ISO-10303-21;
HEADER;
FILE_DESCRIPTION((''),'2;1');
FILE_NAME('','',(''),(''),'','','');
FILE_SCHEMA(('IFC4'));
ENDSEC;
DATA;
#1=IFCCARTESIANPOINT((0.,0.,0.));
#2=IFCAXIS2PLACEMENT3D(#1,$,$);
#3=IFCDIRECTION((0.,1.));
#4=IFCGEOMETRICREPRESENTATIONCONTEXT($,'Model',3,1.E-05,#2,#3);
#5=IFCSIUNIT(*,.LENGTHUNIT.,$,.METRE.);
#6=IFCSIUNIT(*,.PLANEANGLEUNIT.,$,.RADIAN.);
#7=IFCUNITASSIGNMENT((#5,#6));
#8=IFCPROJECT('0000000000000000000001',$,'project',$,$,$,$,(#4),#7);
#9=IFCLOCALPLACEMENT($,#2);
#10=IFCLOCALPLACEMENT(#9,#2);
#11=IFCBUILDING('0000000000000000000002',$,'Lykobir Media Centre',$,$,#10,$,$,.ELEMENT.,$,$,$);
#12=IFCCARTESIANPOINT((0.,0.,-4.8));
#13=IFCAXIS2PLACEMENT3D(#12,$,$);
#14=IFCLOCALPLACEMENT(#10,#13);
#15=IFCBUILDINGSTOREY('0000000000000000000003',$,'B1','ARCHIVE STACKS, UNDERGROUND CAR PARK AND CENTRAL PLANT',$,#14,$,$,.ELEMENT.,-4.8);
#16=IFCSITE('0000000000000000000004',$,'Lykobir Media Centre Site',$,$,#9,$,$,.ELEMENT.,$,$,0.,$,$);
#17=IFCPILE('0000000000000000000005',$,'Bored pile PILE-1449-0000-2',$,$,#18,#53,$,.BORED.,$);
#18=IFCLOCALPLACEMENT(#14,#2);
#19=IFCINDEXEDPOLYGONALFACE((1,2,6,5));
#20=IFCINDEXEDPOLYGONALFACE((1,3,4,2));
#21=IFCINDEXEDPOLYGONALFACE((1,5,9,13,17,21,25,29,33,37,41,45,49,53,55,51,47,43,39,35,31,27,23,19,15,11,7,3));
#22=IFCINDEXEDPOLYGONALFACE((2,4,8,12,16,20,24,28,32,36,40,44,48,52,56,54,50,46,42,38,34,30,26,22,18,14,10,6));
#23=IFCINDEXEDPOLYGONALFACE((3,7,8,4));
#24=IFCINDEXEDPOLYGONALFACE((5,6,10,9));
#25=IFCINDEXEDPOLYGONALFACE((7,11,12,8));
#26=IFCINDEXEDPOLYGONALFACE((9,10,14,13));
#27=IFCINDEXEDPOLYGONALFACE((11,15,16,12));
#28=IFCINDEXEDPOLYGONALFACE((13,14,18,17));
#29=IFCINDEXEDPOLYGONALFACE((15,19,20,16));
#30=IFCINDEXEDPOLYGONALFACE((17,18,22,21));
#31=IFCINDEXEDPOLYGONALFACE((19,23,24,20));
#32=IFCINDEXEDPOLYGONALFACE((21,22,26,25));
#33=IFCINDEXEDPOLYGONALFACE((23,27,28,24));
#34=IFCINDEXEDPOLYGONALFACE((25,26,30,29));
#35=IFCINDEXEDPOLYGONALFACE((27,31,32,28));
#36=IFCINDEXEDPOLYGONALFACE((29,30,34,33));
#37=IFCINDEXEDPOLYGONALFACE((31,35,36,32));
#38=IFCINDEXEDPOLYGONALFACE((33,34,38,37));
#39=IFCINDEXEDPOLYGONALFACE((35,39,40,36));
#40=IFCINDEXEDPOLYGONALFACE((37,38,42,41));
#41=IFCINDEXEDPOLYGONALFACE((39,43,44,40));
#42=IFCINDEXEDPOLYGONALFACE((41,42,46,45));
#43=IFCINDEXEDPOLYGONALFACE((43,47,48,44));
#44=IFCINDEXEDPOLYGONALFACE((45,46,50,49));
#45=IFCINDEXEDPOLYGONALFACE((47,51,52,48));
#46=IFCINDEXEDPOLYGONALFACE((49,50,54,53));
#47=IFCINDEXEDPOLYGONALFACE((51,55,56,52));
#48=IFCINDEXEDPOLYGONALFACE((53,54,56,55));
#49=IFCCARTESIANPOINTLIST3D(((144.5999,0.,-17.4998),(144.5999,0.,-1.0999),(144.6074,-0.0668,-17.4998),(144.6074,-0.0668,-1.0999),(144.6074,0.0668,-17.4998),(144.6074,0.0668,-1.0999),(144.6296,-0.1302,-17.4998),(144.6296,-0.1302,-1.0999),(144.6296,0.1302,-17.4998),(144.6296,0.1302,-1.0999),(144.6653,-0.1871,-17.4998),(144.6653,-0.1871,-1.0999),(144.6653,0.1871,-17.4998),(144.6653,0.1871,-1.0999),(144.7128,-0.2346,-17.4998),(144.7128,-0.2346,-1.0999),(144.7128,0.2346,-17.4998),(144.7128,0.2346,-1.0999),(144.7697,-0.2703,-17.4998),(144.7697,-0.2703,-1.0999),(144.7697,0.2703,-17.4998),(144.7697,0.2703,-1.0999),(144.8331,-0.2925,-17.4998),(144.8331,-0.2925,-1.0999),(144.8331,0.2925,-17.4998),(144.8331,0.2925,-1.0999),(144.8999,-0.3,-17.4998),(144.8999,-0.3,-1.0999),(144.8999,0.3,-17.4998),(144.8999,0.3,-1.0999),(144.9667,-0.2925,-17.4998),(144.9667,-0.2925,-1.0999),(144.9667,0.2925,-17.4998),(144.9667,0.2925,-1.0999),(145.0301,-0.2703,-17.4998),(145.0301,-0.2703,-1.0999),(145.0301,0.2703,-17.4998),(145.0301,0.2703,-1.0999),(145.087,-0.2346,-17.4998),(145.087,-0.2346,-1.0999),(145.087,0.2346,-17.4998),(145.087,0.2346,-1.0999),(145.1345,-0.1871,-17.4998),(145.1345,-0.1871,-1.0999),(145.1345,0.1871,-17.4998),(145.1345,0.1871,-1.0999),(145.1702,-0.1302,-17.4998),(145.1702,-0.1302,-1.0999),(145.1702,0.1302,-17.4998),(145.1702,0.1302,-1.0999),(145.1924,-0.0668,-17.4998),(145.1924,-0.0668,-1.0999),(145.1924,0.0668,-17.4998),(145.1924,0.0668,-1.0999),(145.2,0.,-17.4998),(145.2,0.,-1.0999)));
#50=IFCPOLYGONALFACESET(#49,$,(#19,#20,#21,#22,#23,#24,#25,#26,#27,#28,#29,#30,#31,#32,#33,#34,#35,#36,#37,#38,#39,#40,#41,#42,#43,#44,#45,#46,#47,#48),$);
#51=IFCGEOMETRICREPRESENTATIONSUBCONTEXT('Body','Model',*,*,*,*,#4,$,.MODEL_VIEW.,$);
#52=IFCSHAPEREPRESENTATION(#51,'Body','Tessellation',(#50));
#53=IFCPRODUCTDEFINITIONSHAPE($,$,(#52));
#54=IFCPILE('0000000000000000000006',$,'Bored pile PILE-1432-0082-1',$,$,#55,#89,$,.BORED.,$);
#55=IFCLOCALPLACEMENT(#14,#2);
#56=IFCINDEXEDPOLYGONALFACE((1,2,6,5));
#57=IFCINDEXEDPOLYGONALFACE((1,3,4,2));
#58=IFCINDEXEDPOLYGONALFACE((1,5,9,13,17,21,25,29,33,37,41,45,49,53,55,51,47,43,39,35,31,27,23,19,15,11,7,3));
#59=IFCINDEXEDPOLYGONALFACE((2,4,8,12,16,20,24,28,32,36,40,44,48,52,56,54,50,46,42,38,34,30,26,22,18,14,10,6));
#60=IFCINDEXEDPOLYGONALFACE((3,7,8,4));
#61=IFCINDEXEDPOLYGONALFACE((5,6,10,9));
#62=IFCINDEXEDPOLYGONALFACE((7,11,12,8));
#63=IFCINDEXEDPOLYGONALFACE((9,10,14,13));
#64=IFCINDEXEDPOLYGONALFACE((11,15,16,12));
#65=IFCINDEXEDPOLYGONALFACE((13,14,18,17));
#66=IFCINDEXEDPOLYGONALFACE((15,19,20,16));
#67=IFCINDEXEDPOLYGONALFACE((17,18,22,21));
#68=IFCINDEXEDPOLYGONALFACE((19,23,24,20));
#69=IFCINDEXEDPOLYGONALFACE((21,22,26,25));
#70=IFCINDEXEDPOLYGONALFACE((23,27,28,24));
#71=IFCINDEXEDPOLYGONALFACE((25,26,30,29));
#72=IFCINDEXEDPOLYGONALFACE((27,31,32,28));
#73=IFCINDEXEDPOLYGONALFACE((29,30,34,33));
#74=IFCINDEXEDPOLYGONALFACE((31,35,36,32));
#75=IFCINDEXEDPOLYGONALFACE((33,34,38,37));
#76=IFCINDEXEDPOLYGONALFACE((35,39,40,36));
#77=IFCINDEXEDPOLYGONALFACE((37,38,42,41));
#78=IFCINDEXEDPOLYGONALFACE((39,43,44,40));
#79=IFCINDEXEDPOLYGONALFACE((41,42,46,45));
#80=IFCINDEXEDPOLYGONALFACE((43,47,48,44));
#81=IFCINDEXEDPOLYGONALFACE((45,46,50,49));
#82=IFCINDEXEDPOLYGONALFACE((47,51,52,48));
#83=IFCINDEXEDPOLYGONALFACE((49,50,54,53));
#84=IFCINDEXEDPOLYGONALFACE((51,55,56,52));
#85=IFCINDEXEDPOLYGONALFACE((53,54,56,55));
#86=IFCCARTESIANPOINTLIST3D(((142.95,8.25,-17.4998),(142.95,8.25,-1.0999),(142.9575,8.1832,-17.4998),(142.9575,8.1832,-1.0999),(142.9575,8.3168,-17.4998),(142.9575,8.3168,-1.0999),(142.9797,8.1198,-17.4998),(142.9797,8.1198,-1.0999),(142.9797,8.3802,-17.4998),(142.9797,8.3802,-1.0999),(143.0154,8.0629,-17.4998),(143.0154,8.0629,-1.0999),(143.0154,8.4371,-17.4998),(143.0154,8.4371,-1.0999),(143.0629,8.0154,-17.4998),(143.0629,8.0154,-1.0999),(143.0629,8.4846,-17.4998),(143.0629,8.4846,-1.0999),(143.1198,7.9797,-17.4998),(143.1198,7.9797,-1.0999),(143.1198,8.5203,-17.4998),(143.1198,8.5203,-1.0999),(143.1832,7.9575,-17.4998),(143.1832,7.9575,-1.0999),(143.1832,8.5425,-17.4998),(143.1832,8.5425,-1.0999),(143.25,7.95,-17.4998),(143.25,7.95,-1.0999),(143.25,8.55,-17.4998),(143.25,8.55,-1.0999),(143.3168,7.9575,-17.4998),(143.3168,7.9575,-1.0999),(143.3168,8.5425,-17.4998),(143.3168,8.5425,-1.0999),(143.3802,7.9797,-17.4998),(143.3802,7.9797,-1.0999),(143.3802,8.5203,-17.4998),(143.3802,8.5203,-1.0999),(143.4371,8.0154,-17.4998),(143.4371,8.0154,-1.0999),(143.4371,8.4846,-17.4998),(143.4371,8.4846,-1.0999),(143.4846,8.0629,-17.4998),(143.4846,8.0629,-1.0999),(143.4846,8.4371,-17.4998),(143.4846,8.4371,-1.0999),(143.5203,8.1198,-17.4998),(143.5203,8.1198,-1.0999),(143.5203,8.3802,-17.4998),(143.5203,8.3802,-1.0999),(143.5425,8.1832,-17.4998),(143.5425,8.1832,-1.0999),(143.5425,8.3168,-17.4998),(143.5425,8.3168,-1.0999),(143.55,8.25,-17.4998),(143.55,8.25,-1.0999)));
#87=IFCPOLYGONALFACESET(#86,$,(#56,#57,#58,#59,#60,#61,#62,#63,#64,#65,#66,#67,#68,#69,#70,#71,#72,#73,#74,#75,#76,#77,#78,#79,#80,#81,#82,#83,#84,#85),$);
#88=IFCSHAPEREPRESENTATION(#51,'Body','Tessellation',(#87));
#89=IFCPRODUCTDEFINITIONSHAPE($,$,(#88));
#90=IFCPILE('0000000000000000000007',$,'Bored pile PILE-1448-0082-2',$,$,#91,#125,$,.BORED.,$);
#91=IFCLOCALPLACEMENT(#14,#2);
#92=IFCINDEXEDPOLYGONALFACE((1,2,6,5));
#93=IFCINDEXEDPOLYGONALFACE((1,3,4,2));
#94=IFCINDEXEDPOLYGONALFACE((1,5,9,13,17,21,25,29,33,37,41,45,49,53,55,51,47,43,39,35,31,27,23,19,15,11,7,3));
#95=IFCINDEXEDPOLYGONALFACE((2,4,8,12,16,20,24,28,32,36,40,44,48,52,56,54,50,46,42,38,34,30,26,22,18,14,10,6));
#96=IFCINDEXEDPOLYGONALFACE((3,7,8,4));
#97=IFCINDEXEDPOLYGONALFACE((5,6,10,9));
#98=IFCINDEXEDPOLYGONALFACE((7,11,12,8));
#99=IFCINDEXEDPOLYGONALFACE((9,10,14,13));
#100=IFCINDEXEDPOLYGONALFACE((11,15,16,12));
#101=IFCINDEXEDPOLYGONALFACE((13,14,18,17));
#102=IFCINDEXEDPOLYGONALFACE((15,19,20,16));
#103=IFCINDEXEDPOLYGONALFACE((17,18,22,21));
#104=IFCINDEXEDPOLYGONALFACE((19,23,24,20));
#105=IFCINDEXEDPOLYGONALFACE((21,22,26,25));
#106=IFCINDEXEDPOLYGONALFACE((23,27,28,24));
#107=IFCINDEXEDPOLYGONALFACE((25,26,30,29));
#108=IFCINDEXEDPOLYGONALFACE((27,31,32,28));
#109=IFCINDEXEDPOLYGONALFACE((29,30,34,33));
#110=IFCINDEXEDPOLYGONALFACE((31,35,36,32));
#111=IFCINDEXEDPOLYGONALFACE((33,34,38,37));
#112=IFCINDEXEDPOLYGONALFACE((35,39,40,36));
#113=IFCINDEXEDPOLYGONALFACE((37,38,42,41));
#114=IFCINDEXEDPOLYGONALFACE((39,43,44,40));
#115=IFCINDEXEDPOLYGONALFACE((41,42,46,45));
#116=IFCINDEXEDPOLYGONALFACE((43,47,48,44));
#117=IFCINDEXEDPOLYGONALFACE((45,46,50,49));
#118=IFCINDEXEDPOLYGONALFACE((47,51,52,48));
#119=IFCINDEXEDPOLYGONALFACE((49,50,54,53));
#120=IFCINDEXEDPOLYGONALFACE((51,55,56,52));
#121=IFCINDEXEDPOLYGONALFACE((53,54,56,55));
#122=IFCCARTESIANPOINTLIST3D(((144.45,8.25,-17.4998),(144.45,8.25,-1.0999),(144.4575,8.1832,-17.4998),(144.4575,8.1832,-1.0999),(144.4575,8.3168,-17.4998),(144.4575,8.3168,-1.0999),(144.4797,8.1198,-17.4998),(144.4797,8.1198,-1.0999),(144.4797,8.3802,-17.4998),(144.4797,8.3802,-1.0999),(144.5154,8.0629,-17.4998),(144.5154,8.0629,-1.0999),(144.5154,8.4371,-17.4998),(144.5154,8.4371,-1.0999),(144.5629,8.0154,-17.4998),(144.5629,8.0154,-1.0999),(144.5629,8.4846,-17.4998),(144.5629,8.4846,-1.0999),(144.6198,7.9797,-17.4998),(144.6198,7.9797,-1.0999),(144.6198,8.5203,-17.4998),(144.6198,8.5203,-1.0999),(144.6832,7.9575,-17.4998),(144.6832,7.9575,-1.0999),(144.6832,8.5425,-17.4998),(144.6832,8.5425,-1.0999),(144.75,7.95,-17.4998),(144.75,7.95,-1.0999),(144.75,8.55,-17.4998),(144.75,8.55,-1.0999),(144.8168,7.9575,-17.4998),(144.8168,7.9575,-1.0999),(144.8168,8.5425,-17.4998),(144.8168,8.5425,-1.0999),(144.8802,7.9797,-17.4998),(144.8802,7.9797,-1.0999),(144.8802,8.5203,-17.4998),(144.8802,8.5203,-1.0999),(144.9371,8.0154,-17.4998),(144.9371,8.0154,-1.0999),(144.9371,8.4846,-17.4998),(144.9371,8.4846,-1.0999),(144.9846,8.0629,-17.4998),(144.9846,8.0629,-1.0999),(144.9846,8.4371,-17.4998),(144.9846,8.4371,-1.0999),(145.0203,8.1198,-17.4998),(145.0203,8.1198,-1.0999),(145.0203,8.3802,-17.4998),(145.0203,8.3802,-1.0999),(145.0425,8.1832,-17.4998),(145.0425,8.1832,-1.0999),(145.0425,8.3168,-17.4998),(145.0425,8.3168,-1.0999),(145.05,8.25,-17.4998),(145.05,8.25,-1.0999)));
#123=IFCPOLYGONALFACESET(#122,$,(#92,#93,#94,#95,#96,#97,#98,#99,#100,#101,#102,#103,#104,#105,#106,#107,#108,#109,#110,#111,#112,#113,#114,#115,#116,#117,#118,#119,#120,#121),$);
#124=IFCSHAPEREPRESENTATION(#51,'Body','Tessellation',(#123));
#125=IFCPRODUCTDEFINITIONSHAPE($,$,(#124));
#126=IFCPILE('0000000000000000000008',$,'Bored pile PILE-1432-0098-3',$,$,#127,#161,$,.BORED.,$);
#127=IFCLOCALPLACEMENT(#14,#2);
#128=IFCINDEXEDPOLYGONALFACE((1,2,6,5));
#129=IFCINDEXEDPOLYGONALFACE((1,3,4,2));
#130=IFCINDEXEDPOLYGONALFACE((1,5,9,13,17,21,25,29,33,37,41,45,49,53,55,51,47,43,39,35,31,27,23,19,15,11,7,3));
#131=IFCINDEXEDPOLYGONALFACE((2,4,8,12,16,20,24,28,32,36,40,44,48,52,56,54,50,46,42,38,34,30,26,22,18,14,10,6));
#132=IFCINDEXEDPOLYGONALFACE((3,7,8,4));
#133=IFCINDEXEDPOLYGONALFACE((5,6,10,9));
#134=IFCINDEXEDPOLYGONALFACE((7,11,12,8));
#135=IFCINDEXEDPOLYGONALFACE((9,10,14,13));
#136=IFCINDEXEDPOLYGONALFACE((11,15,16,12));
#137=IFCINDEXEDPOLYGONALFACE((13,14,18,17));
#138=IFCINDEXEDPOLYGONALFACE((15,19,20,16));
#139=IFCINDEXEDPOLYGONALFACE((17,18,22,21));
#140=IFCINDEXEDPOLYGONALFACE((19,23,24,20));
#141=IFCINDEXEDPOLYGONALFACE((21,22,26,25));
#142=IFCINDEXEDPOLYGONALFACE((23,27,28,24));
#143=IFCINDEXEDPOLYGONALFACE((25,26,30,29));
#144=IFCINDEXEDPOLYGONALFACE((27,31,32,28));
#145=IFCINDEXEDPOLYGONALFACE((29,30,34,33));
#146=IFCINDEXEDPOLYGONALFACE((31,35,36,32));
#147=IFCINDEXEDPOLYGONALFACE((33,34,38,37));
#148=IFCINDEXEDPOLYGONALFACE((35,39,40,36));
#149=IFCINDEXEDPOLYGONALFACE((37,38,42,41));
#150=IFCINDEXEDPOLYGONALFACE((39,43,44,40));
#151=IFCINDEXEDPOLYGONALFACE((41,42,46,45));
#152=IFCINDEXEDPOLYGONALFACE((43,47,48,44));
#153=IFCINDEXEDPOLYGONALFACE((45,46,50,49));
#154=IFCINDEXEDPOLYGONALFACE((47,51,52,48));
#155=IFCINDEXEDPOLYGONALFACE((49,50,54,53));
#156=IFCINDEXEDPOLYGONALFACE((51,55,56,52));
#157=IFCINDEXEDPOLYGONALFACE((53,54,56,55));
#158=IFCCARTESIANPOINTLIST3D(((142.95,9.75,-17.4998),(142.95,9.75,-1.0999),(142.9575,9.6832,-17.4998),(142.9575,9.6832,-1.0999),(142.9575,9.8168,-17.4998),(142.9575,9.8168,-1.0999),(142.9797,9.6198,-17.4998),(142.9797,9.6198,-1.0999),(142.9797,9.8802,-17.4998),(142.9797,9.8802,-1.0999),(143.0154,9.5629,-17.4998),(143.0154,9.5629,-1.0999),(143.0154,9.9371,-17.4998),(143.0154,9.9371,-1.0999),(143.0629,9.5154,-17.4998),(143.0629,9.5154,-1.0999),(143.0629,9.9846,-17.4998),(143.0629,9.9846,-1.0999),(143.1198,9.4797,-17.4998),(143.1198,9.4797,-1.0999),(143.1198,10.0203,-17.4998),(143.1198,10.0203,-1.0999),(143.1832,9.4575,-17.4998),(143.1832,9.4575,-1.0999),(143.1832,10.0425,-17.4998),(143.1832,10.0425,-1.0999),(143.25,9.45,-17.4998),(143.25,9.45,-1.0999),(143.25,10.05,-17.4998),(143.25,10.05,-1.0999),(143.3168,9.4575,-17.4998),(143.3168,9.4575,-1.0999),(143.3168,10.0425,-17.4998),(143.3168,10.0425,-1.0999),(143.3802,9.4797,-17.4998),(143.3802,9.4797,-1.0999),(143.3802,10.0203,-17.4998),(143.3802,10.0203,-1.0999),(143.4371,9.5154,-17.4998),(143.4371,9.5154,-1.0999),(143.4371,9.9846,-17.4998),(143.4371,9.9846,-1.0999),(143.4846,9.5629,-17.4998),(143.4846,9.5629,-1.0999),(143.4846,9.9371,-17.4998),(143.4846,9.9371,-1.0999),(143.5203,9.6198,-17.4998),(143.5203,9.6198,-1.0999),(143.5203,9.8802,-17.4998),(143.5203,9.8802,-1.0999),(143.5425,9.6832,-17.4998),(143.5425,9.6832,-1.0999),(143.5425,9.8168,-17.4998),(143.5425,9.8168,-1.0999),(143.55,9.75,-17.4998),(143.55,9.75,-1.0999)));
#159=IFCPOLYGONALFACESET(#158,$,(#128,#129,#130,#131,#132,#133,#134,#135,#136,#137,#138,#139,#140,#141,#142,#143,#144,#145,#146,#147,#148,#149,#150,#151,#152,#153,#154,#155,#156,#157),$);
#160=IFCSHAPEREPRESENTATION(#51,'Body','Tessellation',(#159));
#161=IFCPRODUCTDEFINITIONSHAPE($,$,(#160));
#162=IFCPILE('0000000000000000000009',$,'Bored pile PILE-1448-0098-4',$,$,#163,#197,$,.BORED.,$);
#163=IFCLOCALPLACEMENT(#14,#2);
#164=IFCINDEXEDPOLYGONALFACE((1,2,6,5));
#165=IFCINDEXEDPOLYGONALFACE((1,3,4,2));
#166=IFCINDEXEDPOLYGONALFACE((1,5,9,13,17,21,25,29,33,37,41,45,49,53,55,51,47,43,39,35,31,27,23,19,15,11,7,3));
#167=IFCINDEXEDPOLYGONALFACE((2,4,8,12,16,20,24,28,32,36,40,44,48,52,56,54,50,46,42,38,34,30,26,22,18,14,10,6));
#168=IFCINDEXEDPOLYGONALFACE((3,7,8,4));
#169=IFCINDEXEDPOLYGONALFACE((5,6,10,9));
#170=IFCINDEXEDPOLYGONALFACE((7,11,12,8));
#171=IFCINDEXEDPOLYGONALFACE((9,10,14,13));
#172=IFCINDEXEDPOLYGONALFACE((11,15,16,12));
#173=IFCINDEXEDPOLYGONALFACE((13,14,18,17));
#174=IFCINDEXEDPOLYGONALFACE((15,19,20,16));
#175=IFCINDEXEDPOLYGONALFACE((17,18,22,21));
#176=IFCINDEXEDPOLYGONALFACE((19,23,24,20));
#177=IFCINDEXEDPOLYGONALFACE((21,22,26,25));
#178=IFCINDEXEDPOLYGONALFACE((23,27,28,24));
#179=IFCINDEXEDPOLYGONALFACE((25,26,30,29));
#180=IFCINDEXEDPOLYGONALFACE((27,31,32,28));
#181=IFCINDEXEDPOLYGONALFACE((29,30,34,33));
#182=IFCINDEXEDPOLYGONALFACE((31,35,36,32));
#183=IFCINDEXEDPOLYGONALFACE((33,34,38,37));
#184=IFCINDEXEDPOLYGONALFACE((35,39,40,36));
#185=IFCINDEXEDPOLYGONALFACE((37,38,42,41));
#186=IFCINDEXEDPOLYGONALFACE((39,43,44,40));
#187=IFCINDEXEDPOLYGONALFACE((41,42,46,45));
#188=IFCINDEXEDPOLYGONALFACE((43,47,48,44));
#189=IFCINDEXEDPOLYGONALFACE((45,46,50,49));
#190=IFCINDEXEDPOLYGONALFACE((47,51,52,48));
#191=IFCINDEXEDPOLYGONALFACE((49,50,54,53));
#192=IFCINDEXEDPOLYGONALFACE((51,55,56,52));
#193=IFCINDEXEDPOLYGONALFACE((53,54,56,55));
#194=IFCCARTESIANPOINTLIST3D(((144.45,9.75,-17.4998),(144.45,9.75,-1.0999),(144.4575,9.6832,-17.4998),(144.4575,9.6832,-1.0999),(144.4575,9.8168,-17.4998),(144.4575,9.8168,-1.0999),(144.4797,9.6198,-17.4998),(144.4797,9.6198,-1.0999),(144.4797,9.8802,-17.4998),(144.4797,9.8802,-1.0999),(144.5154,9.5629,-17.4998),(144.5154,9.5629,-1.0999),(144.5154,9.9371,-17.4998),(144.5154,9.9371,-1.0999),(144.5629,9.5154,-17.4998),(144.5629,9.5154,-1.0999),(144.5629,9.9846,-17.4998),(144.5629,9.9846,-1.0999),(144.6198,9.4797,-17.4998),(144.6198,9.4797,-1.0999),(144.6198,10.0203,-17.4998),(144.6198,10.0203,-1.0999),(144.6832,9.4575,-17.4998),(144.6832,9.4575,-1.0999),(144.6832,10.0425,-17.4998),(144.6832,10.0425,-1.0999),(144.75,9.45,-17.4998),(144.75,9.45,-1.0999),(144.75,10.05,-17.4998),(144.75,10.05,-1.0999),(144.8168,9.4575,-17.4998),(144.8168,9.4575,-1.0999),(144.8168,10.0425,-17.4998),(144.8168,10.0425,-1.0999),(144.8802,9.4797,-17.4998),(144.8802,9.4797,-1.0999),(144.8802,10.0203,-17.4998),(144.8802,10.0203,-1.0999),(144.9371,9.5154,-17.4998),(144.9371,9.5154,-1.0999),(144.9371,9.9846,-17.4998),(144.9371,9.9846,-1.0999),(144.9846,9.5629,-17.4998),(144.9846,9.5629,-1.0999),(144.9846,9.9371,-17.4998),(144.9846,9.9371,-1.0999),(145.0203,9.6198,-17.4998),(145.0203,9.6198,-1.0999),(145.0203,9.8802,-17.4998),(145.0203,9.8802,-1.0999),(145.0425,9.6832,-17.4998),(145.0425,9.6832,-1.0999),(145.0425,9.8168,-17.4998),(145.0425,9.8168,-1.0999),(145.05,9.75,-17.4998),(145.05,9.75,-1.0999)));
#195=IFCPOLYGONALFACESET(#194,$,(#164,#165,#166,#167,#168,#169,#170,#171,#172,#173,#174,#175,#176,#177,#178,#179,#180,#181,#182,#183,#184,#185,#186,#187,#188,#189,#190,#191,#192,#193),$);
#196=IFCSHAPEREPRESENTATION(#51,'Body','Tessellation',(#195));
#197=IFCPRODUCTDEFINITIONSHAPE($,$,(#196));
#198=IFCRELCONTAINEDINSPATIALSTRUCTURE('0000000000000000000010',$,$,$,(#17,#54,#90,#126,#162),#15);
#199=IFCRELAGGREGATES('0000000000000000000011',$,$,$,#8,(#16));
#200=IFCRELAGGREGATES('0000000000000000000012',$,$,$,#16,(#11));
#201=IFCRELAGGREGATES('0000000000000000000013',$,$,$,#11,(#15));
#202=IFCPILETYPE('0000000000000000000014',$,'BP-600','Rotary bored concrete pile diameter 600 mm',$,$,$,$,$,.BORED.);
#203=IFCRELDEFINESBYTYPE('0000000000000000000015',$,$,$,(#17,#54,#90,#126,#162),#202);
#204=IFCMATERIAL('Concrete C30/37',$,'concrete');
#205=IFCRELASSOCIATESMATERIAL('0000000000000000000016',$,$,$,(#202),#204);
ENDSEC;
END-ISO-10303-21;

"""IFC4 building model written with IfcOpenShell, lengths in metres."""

from ifc_helpers import new_model, si_unit, direction, frame, origin, origin_2d, place, context, subcontext, project, spatial, circle, extrude, material, material_profile, profile_set, type_object, element, save


model = new_model("IFC4")

# Units and contexts
model_context = context("Model", 3, precision=1e-05, world=origin(), true_north=direction((0.0, 1.0)))
body_context = subcontext(model_context, "Body", "Model", "MODEL_VIEW")
ifc_project = project(units=[si_unit("LENGTHUNIT", "METRE"), si_unit("PLANEANGLEUNIT", "RADIAN")], contexts=[model_context])

# Site, building, storey
site_placement = place(None, origin())
site = spatial("IfcSite", under=ifc_project, at=site_placement, Name="Lykobir Media Centre Site", CompositionType="ELEMENT", RefElevation=0.0)
building_placement = place(site_placement, origin())
building = spatial("IfcBuilding", under=site, at=building_placement, Name="Lykobir Media Centre", CompositionType="ELEMENT")
storey_placement = place(building_placement, frame((0.0, 0.0, -4.8)))
storey = spatial("IfcBuildingStorey", under=building, at=storey_placement, Name="B1", Description="ARCHIVE STACKS, UNDERGROUND CAR PARK AND CENTRAL PLANT", CompositionType="ELEMENT", Elevation=-4.8)

# Piles
ifc_material_1 = material(Name="Concrete C30/37", Category="concrete")
ifc_material_profile_1 = material_profile(ifc_material_1, circle(Radius=0.3, at=origin_2d()), Name="BORED PILE D600")
ifc_profile_set_1 = profile_set([ifc_material_profile_1], Name="Concrete C30/37")
pile_type = type_object("IfcPileType", Name="BP-600", Description="Rotary bored concrete pile diameter 600 mm", PredefinedType="BORED", material=ifc_profile_set_1)
for number, where, z_axis, x_axis, name in (
    (1, (144.8999, 0.0, -1.0999), (0.0, 0.0, -1.0), (1.0, 0.0, 0.0), "Bored pile PILE-1449-0000-2"),
    (2, (143.25, 8.25, -1.0999), (0.0, 0.0, -1.0), (1.0, 0.0, 0.0), "Bored pile PILE-1432-0082-1"),
    (3, (144.75, 8.25, -1.0999), (0.0, 0.0, -1.0), (1.0, 0.0, 0.0), "Bored pile PILE-1448-0082-2"),
    (4, (143.25, 9.75, -1.0999), (0.0, 0.0, -1.0), (1.0, 0.0, 0.0), "Bored pile PILE-1432-0098-3"),
    (5, (144.75, 9.75, -1.0999), (0.0, 0.0, -1.0), (1.0, 0.0, 0.0), "Bored pile PILE-1448-0098-4"),
):
    element("IfcPile", number, at=place(storey_placement, frame(where, z_axis=z_axis, x_axis=x_axis)), inside=storey, type_object=pile_type, Name=name, PredefinedType="BORED", context=body_context, shape_type="SweptSolid", body=[
        extrude(circle(Radius=0.3, at=origin_2d()), origin(), (0.0, 0.0, 1.0), 16.3999),
    ])

save(model, "model.ifc")
